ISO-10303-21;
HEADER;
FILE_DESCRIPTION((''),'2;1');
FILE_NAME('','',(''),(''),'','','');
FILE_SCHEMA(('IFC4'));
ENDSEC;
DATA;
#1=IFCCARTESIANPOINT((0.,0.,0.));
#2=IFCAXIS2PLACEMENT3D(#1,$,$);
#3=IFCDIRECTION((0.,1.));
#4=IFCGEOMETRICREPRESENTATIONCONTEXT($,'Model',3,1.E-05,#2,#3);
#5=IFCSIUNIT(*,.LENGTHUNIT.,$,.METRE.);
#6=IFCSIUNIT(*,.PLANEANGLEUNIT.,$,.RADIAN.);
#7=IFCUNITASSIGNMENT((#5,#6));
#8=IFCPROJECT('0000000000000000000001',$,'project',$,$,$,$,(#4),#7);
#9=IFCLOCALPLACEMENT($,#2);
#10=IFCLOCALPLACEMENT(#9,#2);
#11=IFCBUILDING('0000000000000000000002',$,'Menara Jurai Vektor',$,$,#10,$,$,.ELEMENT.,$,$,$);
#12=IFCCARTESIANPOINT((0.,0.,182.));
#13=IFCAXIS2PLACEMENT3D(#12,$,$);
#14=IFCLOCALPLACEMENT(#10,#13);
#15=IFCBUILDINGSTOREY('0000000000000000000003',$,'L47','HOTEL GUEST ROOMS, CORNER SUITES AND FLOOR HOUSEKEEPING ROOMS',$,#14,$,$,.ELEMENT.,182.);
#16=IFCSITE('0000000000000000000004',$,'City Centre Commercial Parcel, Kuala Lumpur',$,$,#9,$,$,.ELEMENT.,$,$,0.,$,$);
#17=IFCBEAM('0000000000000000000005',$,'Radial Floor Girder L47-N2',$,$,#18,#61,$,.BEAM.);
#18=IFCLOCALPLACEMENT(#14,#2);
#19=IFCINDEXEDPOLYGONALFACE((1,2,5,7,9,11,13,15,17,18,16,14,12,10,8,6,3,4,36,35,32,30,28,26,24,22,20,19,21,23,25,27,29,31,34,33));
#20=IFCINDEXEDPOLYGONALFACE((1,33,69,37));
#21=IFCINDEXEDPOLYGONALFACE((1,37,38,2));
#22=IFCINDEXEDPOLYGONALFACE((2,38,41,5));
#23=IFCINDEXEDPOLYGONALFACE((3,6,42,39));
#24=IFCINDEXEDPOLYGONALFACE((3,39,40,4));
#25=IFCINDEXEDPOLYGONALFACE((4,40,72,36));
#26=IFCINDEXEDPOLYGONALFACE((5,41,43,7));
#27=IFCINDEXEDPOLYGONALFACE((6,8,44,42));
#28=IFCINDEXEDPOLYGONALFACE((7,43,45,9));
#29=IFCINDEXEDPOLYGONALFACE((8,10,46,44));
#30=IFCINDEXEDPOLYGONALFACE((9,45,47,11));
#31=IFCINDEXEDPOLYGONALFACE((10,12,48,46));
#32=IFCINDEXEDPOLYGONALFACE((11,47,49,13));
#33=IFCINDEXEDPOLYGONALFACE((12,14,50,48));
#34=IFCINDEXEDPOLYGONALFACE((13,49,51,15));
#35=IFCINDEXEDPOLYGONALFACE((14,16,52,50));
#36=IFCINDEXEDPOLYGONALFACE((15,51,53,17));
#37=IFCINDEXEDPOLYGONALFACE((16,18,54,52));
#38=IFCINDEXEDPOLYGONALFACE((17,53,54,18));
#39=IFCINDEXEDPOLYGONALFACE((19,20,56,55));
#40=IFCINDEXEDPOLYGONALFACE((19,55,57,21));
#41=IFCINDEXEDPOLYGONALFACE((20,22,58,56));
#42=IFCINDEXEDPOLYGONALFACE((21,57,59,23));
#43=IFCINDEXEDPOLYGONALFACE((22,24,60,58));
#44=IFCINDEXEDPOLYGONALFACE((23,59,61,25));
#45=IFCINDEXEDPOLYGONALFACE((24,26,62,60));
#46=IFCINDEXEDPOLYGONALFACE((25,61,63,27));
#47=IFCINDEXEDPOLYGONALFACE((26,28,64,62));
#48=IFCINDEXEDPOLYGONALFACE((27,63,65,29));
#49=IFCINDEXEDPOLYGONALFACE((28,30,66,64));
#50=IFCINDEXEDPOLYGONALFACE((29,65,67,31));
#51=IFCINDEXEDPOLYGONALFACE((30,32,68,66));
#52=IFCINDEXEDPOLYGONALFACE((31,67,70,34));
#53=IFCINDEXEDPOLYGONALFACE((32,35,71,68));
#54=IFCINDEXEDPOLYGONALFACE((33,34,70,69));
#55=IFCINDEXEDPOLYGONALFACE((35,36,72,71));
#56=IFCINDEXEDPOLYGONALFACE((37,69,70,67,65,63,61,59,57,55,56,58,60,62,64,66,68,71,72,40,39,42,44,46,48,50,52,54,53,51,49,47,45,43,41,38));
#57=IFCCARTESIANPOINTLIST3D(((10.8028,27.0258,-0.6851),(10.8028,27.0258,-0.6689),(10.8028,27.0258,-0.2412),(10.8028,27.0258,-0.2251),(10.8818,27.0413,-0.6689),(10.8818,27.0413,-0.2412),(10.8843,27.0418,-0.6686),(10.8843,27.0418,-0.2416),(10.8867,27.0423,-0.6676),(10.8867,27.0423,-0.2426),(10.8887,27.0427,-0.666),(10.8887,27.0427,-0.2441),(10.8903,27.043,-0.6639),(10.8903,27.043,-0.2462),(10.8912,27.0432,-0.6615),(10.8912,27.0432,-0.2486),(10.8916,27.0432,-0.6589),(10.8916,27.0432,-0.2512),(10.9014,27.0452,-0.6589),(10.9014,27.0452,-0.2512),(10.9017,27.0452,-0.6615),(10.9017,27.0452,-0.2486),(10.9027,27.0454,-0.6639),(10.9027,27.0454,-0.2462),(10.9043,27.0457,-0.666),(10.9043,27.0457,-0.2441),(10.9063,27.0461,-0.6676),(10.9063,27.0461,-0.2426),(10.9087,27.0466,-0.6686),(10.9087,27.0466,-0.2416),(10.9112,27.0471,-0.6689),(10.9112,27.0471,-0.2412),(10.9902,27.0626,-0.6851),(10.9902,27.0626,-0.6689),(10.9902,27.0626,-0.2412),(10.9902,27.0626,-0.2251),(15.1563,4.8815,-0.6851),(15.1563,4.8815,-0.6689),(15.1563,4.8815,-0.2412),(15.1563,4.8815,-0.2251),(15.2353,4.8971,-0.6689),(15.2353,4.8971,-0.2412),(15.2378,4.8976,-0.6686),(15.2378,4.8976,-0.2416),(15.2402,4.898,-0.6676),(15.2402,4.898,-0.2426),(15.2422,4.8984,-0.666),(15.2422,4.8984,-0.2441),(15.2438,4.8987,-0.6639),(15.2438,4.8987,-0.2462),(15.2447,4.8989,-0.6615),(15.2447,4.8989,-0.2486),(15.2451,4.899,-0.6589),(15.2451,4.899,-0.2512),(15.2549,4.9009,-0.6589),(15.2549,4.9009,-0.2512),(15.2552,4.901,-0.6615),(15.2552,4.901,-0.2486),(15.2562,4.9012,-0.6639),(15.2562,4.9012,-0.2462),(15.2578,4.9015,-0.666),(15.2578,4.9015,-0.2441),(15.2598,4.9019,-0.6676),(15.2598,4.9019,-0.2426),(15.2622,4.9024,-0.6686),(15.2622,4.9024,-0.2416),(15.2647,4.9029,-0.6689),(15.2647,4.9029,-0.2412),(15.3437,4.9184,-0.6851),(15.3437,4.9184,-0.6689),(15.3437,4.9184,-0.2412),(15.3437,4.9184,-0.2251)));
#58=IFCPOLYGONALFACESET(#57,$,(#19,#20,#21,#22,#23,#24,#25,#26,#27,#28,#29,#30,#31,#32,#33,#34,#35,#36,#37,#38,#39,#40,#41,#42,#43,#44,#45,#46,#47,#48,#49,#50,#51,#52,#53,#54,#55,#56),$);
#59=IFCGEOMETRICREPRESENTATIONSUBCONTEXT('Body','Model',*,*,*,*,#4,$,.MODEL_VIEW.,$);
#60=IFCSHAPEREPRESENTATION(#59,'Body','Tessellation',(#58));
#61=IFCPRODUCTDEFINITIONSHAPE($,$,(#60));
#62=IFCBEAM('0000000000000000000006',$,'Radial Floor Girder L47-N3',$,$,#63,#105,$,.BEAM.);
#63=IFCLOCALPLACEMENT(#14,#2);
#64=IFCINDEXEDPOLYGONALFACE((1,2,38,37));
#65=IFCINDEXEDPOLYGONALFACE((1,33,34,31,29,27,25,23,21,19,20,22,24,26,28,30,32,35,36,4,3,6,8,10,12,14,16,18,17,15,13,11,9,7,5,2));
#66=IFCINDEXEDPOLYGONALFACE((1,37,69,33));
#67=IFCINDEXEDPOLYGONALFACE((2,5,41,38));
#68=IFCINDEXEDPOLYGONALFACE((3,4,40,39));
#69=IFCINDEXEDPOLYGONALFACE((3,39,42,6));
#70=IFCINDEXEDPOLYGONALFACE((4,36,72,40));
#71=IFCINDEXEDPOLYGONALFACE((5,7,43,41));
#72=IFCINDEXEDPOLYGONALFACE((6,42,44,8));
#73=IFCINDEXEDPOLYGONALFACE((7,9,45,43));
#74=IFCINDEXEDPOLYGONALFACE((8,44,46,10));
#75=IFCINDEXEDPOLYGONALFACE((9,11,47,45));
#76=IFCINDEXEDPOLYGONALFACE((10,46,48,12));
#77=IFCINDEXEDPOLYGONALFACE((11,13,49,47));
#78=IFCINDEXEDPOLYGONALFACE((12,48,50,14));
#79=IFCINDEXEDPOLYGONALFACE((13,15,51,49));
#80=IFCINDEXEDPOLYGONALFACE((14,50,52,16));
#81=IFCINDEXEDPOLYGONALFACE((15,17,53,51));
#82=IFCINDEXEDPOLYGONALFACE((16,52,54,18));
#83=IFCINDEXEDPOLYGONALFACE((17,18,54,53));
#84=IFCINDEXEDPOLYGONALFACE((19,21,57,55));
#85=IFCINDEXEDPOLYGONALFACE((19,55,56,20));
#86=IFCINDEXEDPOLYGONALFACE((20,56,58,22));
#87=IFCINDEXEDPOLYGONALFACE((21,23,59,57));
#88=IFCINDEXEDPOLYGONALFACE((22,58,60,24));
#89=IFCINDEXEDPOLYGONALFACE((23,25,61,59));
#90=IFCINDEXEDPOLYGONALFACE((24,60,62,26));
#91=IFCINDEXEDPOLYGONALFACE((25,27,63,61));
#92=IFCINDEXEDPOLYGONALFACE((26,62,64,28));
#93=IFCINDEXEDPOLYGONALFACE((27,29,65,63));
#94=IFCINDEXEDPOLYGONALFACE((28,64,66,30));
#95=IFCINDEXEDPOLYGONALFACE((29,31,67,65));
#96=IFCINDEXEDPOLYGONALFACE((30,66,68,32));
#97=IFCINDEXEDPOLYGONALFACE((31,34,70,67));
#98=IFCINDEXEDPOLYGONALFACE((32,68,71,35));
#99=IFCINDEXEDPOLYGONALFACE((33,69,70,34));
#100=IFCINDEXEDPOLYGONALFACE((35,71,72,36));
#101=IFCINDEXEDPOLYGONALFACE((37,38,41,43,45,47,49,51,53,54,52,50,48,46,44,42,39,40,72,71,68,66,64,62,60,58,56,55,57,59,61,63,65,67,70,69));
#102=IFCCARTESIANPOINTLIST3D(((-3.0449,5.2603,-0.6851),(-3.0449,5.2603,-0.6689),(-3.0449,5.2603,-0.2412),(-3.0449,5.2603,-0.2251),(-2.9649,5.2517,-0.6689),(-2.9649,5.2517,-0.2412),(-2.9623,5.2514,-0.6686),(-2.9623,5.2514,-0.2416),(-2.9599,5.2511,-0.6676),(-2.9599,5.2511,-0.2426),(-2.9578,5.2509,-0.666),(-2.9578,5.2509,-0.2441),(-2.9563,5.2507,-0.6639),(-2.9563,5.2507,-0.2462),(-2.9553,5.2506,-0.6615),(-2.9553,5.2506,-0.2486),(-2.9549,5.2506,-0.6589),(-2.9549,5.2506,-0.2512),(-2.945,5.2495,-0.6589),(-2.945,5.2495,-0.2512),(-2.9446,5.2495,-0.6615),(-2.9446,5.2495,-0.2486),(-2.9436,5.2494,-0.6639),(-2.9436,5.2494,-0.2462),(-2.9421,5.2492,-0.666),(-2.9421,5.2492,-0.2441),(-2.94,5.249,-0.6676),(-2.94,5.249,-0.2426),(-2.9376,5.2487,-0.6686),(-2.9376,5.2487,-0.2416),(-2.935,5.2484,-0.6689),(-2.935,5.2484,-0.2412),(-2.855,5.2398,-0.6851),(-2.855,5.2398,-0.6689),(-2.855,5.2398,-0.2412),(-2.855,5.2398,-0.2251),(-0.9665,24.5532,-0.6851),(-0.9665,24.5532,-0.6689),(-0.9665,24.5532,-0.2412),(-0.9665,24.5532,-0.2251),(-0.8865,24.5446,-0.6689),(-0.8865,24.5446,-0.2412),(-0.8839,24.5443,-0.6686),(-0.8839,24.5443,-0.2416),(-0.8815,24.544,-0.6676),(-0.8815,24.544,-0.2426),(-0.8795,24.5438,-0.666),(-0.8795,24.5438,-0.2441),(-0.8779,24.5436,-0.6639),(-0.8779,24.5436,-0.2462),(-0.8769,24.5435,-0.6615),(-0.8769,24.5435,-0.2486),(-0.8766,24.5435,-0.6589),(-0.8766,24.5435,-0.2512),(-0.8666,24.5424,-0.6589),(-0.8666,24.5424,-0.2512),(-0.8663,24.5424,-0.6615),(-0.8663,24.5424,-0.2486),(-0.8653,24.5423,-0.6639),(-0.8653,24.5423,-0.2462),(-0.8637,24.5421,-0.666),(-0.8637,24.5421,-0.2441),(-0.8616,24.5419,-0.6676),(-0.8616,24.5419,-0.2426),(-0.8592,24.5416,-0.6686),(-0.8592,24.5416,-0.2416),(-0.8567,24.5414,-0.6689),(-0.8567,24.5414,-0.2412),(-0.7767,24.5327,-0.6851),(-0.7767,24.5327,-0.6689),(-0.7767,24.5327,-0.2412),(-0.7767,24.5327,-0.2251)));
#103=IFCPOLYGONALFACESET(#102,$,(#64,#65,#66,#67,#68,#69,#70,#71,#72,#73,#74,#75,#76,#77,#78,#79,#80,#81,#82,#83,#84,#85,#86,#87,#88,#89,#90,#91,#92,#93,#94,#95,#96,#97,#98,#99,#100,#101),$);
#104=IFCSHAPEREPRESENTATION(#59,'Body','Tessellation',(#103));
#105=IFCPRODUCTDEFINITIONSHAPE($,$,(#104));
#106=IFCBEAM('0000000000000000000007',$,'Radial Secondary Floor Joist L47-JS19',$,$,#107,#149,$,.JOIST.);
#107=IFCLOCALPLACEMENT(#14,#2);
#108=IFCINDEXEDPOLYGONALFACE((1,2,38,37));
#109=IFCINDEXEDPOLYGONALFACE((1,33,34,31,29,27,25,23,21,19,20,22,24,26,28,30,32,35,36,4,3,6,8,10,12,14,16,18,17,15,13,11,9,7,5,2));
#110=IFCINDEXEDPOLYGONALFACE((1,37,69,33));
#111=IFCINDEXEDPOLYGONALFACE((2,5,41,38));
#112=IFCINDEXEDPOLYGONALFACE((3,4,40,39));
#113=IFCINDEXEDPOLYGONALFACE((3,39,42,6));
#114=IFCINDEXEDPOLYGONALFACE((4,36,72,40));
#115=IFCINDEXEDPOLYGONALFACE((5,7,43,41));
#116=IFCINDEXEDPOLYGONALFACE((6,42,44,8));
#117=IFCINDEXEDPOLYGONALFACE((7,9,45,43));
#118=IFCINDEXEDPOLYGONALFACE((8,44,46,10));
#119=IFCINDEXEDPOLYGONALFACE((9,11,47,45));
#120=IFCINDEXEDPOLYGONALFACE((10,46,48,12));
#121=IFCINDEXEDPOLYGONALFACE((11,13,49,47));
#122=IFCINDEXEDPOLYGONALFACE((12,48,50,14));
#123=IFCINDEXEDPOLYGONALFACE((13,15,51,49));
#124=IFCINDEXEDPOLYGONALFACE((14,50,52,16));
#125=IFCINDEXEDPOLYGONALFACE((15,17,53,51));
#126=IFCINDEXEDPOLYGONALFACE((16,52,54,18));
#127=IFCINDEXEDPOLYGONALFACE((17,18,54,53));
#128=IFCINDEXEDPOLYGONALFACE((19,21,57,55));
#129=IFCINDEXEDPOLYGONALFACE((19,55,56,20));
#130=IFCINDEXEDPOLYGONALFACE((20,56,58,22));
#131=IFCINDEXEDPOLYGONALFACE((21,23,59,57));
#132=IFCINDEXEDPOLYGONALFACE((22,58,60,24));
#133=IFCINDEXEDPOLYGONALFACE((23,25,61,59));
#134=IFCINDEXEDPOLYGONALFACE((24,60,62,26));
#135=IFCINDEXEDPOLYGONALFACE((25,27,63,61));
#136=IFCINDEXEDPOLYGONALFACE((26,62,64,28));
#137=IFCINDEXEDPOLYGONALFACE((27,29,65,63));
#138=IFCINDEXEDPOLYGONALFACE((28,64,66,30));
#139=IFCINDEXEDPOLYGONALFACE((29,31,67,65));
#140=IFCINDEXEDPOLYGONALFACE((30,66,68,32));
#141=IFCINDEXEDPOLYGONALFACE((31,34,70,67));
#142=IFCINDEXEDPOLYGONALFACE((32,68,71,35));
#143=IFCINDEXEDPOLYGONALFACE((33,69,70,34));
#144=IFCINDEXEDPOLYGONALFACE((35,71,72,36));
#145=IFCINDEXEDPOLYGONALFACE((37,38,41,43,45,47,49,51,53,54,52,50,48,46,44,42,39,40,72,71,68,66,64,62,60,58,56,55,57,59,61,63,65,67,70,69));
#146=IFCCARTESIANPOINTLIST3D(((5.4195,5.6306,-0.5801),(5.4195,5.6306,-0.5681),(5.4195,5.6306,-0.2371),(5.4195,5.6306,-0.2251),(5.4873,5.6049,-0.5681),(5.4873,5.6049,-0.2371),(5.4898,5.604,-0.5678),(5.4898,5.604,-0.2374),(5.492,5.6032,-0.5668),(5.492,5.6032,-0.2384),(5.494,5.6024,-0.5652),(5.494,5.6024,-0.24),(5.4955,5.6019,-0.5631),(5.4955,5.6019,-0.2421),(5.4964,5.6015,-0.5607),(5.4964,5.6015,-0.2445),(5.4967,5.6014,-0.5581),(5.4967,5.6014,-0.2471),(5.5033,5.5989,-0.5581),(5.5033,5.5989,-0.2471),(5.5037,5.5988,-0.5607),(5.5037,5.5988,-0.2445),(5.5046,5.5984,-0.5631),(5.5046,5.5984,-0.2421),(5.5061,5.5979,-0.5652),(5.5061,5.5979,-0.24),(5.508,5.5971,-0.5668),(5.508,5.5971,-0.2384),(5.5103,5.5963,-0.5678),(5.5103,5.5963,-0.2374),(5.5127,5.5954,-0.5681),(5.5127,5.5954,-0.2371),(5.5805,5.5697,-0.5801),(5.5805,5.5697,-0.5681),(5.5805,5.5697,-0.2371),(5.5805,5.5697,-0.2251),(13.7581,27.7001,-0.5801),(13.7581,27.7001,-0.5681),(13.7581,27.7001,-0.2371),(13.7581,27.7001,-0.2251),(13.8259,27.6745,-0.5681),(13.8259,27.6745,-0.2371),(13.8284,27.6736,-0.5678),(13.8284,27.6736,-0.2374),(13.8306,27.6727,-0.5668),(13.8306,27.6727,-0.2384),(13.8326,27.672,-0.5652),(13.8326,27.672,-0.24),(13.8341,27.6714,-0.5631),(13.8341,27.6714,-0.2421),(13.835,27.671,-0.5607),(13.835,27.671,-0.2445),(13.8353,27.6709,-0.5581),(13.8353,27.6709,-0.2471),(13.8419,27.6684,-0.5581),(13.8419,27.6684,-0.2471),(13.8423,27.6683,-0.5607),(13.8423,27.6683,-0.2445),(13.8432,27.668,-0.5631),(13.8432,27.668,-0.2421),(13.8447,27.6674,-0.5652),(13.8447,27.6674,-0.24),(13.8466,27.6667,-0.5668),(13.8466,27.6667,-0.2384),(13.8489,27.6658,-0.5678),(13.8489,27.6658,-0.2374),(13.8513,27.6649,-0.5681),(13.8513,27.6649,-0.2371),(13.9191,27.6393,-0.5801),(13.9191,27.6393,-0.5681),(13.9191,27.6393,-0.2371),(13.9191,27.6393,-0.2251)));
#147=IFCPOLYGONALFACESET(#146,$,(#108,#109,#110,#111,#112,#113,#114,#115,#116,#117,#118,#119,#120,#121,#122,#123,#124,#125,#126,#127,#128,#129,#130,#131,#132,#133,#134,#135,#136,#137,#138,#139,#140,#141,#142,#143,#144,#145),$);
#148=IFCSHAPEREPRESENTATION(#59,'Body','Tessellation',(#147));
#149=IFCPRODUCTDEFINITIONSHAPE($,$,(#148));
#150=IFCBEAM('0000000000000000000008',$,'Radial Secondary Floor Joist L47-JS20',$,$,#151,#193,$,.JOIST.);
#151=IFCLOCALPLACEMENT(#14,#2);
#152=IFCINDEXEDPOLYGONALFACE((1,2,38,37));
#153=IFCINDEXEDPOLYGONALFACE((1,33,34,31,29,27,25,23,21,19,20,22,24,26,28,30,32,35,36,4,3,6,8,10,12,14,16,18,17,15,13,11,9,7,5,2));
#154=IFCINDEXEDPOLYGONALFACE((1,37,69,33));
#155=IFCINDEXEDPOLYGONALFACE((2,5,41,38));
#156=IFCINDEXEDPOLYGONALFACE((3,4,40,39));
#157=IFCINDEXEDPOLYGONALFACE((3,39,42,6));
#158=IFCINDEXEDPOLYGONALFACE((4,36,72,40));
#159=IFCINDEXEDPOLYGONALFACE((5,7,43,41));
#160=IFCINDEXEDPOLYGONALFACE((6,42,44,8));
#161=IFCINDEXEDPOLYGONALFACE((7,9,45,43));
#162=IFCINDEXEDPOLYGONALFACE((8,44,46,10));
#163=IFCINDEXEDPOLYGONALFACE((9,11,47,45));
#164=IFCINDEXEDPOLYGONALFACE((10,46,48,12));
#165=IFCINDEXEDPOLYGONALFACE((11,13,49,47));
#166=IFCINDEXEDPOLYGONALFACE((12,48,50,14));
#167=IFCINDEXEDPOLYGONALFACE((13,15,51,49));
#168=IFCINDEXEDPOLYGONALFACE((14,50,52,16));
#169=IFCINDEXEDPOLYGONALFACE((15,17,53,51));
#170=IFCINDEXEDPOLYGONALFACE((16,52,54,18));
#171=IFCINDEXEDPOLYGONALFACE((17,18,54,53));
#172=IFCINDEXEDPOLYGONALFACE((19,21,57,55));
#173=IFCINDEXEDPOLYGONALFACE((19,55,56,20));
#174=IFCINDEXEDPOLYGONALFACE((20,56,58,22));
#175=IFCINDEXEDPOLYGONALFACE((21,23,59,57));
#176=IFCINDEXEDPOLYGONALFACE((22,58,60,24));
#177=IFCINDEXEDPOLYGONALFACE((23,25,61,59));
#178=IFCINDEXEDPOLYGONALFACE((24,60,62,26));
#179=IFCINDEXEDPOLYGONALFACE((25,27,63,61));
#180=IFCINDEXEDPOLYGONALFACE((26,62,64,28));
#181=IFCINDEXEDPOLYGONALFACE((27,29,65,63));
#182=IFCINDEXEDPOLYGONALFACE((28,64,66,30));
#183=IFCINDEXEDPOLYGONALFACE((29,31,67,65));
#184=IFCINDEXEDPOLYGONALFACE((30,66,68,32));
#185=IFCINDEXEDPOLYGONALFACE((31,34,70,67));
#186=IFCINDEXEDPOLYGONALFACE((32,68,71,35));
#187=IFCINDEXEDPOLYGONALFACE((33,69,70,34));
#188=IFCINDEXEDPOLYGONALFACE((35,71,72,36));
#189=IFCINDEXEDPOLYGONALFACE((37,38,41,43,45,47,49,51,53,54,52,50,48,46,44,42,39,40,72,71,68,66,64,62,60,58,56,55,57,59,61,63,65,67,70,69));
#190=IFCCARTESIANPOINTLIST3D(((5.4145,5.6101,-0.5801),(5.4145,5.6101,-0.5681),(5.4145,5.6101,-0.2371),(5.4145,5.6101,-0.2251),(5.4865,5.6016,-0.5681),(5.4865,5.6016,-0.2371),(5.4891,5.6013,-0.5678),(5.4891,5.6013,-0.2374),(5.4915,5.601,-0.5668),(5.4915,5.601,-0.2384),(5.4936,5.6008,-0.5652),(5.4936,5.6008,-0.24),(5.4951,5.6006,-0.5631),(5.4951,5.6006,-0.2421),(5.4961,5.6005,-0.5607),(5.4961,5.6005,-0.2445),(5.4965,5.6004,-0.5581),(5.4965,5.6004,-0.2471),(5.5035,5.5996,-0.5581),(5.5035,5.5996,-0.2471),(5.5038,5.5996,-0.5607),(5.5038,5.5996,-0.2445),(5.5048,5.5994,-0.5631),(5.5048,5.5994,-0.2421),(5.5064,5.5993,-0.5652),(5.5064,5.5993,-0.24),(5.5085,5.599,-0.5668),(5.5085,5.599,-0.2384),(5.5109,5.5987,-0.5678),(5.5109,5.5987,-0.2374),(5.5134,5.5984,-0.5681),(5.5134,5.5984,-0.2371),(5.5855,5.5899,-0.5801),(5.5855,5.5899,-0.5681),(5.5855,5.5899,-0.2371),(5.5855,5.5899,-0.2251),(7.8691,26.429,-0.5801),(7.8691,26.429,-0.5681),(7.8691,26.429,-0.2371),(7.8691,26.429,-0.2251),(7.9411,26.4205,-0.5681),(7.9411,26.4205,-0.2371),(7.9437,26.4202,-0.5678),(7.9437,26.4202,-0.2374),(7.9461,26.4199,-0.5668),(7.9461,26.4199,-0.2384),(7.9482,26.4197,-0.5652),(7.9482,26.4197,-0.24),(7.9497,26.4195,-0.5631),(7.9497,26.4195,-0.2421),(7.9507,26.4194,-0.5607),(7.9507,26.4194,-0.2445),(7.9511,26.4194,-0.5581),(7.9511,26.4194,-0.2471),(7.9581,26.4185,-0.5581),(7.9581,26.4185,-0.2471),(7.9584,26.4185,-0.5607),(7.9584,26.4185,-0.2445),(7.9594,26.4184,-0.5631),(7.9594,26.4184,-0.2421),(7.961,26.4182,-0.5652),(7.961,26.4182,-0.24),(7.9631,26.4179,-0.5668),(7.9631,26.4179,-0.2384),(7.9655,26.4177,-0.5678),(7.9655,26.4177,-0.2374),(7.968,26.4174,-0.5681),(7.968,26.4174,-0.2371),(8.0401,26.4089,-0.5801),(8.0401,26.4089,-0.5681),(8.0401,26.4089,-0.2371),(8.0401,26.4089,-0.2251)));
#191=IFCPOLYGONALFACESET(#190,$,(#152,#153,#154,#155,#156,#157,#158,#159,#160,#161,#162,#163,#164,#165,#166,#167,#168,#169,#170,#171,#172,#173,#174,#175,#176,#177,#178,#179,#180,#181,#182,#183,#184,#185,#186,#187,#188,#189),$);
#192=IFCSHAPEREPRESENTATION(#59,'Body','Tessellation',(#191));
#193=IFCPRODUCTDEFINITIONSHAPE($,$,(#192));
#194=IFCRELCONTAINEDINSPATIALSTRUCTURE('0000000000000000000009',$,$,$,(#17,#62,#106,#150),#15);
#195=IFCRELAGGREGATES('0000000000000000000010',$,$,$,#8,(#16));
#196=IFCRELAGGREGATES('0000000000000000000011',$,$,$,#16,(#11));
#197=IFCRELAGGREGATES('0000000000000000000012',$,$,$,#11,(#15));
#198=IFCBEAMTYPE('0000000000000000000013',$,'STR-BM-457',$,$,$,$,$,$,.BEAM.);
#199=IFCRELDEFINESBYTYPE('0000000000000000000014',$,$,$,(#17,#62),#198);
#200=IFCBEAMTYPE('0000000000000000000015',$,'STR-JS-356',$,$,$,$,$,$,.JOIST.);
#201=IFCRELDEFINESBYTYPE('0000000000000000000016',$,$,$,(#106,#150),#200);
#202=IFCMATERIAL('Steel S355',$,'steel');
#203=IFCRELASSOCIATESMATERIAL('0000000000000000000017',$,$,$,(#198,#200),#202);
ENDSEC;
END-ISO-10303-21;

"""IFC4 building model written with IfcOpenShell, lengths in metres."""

from ifc_helpers import new_model, si_unit, direction, frame, origin, origin_2d, place, context, subcontext, project, spatial, i_section, extrude, material, material_profile, profile_set, type_object, element, save


model = new_model("IFC4")

# Units and contexts
model_context = context("Model", 3, precision=1e-05, world=origin(), true_north=direction((0.0, 1.0)))
body_context = subcontext(model_context, "Body", "Model", "MODEL_VIEW")
ifc_project = project(units=[si_unit("LENGTHUNIT", "METRE"), si_unit("PLANEANGLEUNIT", "RADIAN")], contexts=[model_context])

# Site, building, storey
site_placement = place(None, origin())
site = spatial("IfcSite", under=ifc_project, at=site_placement, Name="City Centre Commercial Parcel, Kuala Lumpur", CompositionType="ELEMENT", RefElevation=0.0)
building_placement = place(site_placement, origin())
building = spatial("IfcBuilding", under=site, at=building_placement, Name="Menara Jurai Vektor", CompositionType="ELEMENT")
storey_placement = place(building_placement, frame((0.0, 0.0, 182.0)))
storey = spatial("IfcBuildingStorey", under=building, at=storey_placement, Name="L47", Description="HOTEL GUEST ROOMS, CORNER SUITES AND FLOOR HOUSEKEEPING ROOMS", CompositionType="ELEMENT", Elevation=182.0)

# Beams
ifc_material_1 = material(Name="Steel S355", Category="steel")
ifc_material_profile_1 = material_profile(ifc_material_1, i_section(OverallWidth=0.1909, OverallDepth=0.46, WebThickness=0.01, FlangeThickness=0.0161, FilletRadius=0.01, at=origin_2d()), Name="UKB 457x191x82")
ifc_profile_set_1 = profile_set([ifc_material_profile_1], Name="Steel S355")
beam_type_1 = type_object("IfcBeamType", Name="STR-BM-457", PredefinedType="BEAM", material=ifc_profile_set_1)
beam_1_placement = place(storey_placement, frame((10.8965, 27.0442, -0.4551), z_axis=(0.192905, -0.981217, 0.0), x_axis=(0.981217, 0.192905, 0.0)))
element("IfcBeam", 1, at=beam_1_placement, inside=storey, type_object=beam_type_1, Name="Radial Floor Girder L47-N2", PredefinedType="BEAM", context=body_context, shape_type="SweptSolid", body=[
    extrude(i_section(OverallWidth=0.1909, OverallDepth=0.46, WebThickness=0.01, FlangeThickness=0.0161, FilletRadius=0.01, at=origin_2d()), origin(), (0.0, 0.0, 1.0), 22.5681),
])
beam_2_placement = place(storey_placement, frame((-0.8716, 24.543, -0.4551), z_axis=(-0.107107, -0.994247, 0.0), x_axis=(0.994247, -0.107107, 0.0)))
element("IfcBeam", 2, at=beam_2_placement, inside=storey, type_object=beam_type_1, Name="Radial Floor Girder L47-N3", PredefinedType="BEAM", context=body_context, shape_type="SweptSolid", body=[
    extrude(i_section(OverallWidth=0.1909, OverallDepth=0.46, WebThickness=0.01, FlangeThickness=0.0161, FilletRadius=0.01, at=origin_2d()), origin(), (0.0, 0.0, 1.0), 19.4045),
])
ifc_material_profile_2 = material_profile(ifc_material_1, i_section(OverallWidth=0.1721, OverallDepth=0.355, WebThickness=0.0071, FlangeThickness=0.012, FilletRadius=0.01, at=origin_2d()), Name="UKB 356x171x51")
ifc_profile_set_2 = profile_set([ifc_material_profile_2], Name="Steel S355")
beam_type_2 = type_object("IfcBeamType", Name="STR-JS-356", PredefinedType="JOIST", material=ifc_profile_set_2)
beam_3_placement = place(storey_placement, frame((13.8386, 27.6697, -0.4026), z_axis=(-0.353446, -0.935455, 0.0), x_axis=(0.935455, -0.353446, 0.0)))
element("IfcBeam", 3, at=beam_3_placement, inside=storey, type_object=beam_type_2, Name="Radial Secondary Floor Joist L47-JS19", PredefinedType="JOIST", context=body_context, shape_type="SweptSolid", body=[
    extrude(i_section(OverallWidth=0.1721, OverallDepth=0.355, WebThickness=0.0071, FlangeThickness=0.012, FilletRadius=0.01, at=origin_2d()), origin(), (0.0, 0.0, 1.0), 23.5923),
])
beam_4_placement = place(storey_placement, frame((7.9546, 26.4189, -0.4026), z_axis=(-0.117091, -0.993121, 0.0), x_axis=(0.993121, -0.117091, 0.0)))
element("IfcBeam", 4, at=beam_4_placement, inside=storey, type_object=beam_type_2, Name="Radial Secondary Floor Joist L47-JS20", PredefinedType="JOIST", context=body_context, shape_type="SweptSolid", body=[
    extrude(i_section(OverallWidth=0.1721, OverallDepth=0.355, WebThickness=0.0071, FlangeThickness=0.012, FilletRadius=0.01, at=origin_2d()), origin(), (0.0, 0.0, 1.0), 20.9631),
])

save(model, "model.ifc")
